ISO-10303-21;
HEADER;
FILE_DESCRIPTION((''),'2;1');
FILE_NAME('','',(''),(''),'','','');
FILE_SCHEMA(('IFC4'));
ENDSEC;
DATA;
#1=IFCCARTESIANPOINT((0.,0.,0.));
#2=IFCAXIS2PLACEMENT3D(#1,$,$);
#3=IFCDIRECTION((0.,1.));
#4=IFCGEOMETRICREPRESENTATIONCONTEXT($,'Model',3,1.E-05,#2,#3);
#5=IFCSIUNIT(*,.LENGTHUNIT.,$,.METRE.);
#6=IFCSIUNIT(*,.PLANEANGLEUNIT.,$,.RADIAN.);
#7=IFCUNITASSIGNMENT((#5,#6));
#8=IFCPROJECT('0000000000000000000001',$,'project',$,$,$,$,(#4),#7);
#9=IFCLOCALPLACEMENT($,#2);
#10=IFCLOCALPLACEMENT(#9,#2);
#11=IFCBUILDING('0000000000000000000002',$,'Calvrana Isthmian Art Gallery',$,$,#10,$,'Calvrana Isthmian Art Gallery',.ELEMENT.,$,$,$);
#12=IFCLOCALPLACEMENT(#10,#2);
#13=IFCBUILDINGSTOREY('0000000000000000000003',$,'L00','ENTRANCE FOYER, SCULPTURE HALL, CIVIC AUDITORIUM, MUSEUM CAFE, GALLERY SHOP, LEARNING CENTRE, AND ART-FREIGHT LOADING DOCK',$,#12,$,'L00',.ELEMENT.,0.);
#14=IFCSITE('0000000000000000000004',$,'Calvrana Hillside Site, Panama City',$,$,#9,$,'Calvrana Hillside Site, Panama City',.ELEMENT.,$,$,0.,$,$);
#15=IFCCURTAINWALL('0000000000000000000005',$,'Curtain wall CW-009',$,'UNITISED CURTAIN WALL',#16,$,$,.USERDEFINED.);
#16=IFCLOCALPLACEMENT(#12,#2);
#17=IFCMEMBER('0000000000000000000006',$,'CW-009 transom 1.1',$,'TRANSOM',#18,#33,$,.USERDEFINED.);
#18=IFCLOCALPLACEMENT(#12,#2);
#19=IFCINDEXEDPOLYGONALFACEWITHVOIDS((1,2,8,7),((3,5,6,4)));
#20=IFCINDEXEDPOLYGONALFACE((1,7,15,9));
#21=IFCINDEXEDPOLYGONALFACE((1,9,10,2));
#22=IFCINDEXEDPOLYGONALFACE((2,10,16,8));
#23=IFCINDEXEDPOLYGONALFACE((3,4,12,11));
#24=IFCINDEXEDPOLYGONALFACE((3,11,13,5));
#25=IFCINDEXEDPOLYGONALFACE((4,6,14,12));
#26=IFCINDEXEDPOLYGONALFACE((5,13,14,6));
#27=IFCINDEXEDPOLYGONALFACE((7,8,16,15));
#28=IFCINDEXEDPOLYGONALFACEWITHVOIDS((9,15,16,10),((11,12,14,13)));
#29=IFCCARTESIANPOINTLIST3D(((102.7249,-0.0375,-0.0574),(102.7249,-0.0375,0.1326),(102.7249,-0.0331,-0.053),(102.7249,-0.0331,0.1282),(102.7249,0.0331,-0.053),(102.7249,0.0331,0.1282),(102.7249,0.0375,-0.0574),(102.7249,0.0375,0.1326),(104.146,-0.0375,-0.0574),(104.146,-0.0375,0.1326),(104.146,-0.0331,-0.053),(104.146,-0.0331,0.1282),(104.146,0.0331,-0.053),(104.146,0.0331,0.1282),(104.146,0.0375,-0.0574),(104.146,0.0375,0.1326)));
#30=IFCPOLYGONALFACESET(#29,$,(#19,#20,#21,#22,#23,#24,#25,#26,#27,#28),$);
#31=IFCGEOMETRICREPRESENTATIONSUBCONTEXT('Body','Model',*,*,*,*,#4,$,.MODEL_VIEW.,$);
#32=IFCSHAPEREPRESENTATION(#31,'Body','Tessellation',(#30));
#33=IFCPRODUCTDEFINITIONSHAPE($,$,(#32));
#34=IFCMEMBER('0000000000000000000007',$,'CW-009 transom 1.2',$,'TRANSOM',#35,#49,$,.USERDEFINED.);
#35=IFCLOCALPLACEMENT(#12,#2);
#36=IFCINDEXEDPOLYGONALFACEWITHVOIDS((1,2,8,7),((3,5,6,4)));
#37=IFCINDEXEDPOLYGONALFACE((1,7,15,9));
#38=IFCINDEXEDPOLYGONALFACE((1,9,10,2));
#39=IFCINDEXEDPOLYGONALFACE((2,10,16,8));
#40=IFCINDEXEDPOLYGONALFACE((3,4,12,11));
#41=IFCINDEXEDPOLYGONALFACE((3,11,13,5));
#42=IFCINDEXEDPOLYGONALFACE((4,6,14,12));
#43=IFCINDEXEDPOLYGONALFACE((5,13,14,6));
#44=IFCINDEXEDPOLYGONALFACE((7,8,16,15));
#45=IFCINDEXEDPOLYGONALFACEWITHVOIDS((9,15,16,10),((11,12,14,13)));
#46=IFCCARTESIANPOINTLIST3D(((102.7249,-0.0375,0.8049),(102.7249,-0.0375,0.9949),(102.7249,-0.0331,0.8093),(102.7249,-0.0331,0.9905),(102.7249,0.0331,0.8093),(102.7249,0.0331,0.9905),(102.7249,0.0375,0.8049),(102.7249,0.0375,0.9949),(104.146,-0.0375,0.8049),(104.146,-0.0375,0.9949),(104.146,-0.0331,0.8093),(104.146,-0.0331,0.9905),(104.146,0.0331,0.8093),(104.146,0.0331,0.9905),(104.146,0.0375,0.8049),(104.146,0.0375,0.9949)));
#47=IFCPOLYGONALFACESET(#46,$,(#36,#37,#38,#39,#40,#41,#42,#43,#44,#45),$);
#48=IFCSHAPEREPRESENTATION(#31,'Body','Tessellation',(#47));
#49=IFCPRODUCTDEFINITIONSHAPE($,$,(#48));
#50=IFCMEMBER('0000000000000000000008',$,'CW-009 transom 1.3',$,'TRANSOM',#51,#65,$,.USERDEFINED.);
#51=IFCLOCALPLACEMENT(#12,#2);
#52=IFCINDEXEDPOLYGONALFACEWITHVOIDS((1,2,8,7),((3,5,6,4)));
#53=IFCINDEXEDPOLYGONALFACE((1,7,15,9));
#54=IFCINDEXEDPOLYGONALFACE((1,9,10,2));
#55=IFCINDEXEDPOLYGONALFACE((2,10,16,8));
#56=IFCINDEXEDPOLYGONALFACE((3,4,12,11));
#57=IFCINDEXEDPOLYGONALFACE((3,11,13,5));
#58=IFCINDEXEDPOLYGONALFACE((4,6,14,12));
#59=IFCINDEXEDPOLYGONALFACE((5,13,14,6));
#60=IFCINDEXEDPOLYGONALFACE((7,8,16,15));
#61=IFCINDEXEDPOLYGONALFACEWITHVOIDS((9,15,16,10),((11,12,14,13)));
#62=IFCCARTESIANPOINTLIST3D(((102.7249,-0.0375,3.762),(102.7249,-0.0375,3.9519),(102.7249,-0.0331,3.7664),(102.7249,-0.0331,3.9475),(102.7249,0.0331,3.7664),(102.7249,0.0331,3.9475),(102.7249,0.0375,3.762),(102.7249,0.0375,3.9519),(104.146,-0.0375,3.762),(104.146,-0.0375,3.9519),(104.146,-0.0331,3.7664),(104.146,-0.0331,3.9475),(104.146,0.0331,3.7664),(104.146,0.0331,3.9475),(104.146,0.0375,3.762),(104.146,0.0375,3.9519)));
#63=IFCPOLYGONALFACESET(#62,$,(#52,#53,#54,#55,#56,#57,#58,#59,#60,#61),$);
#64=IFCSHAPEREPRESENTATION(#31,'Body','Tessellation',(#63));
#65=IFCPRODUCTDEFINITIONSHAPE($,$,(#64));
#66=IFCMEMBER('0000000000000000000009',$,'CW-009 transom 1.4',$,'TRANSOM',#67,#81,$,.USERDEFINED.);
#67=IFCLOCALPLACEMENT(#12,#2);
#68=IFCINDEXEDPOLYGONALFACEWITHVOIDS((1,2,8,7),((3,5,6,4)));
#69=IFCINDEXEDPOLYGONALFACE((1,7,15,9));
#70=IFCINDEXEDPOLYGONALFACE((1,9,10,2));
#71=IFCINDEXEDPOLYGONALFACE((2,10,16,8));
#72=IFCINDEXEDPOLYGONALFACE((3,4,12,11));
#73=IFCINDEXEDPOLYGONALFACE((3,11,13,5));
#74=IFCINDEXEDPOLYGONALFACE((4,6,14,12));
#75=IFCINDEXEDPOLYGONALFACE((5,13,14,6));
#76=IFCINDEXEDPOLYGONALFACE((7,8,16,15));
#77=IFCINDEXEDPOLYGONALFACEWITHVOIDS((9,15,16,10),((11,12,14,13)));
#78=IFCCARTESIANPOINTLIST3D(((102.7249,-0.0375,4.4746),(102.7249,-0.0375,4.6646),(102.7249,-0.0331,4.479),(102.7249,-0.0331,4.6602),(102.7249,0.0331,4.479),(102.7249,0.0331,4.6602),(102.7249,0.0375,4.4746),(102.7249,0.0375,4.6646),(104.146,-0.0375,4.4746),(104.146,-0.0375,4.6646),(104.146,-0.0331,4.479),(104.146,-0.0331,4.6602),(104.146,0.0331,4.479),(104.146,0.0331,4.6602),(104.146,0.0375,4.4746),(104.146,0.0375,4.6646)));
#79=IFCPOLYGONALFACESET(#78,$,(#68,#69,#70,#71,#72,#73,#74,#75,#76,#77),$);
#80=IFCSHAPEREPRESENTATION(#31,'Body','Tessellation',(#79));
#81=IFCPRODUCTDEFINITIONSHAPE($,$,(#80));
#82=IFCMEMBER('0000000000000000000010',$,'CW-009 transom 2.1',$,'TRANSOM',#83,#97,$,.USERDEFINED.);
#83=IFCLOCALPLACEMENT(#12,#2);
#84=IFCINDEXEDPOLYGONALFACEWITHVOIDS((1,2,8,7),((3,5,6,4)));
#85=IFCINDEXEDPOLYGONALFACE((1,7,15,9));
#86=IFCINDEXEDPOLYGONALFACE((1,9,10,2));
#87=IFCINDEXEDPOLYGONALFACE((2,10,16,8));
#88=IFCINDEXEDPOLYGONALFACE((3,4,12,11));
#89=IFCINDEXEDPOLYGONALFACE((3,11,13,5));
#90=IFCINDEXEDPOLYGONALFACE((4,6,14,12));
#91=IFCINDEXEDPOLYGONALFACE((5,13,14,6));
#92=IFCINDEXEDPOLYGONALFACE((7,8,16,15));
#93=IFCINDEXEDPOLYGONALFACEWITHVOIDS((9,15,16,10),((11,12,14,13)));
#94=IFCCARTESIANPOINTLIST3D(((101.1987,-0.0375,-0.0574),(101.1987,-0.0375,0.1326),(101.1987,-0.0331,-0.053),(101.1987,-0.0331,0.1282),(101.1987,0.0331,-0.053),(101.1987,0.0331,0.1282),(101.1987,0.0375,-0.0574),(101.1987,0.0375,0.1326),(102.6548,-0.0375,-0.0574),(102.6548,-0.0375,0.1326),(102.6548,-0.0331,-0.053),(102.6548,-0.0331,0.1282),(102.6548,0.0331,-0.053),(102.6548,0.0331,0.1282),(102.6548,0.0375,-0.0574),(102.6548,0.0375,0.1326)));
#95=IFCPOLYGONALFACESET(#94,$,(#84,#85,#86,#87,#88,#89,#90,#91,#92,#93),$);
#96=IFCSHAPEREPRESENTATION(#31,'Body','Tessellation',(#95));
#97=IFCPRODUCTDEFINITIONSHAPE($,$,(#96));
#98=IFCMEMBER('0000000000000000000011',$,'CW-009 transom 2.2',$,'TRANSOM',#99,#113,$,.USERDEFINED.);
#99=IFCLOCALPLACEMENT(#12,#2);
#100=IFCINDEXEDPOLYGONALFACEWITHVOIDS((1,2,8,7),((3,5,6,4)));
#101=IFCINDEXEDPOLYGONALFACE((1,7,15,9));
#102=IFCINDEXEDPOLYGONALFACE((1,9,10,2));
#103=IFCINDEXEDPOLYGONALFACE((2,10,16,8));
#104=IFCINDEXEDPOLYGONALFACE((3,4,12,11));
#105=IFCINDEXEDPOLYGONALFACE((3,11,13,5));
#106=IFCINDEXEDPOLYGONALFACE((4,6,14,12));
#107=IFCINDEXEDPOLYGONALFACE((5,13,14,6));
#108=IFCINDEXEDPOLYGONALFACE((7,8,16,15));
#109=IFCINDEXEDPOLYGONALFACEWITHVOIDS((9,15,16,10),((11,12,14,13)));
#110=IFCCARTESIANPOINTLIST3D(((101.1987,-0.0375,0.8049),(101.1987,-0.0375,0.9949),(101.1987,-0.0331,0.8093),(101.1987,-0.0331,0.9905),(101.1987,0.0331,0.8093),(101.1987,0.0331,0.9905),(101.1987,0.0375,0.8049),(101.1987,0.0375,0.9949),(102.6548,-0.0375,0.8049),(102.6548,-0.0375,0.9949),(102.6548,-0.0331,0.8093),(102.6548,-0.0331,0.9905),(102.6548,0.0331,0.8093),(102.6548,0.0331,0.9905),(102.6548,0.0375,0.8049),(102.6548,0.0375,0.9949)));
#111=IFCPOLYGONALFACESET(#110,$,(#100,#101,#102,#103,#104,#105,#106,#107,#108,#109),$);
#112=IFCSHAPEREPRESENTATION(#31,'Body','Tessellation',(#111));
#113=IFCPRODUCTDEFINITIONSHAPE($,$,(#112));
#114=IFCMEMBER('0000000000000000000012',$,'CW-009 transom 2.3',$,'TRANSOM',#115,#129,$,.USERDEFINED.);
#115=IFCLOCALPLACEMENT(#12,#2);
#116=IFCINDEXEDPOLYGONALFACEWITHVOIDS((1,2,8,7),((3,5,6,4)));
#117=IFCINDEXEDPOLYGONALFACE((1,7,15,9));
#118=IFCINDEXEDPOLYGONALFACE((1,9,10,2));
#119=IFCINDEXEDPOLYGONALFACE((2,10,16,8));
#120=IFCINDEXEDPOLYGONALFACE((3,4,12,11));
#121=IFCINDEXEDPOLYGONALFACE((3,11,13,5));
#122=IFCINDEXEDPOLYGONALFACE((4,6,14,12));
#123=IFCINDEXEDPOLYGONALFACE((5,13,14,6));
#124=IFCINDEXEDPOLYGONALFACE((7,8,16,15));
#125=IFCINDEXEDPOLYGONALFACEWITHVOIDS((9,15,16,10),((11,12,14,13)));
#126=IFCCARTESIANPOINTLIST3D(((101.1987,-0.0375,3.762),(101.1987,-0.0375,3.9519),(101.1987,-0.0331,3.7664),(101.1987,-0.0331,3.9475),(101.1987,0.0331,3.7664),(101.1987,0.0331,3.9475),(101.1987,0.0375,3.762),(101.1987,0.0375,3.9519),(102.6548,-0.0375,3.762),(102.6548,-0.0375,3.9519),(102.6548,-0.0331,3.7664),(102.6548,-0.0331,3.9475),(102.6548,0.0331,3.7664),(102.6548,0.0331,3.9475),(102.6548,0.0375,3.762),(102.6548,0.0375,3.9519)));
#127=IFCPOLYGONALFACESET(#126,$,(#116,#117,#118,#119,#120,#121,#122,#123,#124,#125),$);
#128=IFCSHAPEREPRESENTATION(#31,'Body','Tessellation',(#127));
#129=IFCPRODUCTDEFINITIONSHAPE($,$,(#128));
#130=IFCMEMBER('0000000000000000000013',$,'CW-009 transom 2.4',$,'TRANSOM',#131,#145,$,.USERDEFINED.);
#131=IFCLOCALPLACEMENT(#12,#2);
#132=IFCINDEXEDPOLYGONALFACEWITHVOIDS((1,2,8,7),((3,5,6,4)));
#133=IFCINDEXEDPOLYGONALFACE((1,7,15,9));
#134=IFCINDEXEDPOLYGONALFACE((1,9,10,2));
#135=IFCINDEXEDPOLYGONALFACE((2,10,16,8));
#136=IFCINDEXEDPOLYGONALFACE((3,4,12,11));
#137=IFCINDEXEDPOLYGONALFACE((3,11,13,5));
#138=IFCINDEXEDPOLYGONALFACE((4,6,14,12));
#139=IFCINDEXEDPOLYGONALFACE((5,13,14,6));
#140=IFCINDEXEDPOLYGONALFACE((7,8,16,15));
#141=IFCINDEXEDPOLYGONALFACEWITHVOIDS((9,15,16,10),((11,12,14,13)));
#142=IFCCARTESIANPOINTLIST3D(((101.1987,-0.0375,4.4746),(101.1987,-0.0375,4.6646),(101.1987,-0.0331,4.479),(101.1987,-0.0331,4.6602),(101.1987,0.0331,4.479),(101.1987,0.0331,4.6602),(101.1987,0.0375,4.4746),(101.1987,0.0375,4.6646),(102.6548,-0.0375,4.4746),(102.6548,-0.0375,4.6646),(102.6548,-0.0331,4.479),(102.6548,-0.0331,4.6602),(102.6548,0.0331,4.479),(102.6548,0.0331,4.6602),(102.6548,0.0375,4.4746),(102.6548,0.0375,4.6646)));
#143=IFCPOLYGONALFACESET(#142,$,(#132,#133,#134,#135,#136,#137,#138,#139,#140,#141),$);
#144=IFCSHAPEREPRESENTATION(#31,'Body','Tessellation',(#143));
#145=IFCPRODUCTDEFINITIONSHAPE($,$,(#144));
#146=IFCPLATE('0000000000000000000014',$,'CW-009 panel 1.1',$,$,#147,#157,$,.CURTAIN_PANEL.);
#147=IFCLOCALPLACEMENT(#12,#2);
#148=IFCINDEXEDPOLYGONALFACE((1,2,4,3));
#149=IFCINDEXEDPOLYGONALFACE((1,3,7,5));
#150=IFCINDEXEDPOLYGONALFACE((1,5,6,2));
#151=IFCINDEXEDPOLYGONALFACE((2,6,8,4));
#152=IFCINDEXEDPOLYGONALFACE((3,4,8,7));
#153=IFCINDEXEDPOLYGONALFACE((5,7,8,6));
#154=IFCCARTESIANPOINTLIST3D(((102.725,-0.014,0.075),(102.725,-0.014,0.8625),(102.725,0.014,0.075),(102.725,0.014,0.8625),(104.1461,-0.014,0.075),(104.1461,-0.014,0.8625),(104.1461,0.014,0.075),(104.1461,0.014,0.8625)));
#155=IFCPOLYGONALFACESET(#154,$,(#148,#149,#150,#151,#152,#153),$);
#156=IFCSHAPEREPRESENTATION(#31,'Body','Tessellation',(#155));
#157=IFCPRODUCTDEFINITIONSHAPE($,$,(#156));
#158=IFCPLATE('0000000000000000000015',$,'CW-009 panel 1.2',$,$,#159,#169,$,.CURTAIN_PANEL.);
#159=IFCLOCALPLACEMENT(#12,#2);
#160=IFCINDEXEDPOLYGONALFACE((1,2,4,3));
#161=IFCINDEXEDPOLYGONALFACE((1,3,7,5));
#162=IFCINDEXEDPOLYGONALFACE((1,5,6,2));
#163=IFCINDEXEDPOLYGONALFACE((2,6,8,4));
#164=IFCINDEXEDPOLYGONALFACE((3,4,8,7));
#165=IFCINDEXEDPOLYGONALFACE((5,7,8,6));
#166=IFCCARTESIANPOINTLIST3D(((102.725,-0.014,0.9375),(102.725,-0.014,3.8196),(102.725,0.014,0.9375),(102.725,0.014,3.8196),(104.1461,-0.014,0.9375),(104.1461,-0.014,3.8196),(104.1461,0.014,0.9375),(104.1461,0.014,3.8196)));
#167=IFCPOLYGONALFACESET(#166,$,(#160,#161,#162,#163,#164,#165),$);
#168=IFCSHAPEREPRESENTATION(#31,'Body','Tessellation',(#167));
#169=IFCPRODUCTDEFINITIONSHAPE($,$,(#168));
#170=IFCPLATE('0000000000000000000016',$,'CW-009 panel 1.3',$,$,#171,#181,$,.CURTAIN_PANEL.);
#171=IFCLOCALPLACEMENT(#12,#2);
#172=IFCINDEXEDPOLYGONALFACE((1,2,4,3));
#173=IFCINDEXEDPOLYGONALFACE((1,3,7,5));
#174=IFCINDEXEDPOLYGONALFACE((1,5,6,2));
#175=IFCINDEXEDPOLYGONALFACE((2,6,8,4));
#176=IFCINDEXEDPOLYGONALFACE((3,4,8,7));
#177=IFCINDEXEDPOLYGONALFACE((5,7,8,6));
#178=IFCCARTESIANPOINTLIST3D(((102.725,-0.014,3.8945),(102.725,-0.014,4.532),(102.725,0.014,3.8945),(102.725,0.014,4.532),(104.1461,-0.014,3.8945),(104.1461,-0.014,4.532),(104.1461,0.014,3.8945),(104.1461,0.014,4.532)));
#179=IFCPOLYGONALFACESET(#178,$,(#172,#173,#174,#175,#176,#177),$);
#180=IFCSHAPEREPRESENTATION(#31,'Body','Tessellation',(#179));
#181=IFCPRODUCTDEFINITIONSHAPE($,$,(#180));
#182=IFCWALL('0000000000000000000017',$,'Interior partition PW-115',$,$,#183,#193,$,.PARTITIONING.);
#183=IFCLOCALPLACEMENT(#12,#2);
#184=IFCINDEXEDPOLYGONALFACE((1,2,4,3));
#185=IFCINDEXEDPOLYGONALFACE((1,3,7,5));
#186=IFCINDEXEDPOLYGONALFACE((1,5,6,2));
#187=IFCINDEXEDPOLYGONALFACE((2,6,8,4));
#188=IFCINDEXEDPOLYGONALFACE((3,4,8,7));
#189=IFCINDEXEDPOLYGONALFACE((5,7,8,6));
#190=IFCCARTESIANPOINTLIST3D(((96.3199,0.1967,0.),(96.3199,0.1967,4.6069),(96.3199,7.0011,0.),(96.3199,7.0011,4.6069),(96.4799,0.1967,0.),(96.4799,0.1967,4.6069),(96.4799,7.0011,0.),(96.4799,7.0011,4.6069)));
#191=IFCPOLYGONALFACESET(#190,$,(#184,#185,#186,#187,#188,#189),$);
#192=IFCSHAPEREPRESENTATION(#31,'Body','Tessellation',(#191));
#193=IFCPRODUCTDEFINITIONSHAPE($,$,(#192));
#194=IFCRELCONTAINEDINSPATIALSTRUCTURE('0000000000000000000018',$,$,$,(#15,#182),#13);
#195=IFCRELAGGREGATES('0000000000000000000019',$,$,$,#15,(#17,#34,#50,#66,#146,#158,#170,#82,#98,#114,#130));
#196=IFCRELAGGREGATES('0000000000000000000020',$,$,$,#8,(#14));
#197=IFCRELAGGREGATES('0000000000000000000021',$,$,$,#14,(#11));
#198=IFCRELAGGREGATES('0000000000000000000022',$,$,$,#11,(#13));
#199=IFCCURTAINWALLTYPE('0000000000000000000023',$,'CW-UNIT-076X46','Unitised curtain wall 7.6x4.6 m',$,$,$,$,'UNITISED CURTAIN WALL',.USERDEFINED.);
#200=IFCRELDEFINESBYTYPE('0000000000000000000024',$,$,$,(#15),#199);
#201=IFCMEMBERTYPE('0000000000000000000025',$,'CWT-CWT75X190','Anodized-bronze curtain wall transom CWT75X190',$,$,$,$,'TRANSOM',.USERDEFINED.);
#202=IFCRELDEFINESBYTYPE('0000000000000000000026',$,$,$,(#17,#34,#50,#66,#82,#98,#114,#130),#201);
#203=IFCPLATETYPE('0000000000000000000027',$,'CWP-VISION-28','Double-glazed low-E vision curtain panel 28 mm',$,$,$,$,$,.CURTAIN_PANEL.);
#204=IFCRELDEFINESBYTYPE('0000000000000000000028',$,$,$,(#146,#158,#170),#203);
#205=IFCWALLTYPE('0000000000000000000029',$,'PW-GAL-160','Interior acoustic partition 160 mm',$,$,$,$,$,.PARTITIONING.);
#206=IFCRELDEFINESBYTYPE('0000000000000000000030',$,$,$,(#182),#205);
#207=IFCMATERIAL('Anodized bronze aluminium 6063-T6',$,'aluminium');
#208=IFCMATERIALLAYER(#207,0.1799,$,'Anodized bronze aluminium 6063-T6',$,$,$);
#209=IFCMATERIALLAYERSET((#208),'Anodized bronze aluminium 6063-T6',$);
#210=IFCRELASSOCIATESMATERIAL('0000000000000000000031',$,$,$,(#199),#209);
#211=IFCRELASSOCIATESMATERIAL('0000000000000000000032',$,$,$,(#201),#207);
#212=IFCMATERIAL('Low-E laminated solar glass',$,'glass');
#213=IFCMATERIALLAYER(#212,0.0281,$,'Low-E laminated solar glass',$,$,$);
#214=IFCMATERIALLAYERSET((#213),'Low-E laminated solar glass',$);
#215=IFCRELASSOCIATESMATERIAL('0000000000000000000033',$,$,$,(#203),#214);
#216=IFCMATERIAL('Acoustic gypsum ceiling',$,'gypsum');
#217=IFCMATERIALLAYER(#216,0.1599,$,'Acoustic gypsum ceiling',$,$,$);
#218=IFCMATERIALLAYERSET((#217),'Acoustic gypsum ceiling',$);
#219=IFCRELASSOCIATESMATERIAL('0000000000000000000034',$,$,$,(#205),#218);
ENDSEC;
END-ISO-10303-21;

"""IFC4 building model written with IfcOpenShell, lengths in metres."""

from ifc_helpers import new_model, si_unit, direction, frame, frame_2d, origin, origin_2d, place, context, subcontext, project, spatial, rectangle, hollow_rectangle, extrude, material, layer, layer_set, material_profile, profile_set, type_object, element, aggregate, save


model = new_model("IFC4")

# Units and contexts
model_context = context("Model", 3, precision=1e-05, world=origin(), true_north=direction((0.0, 1.0)))
body_context = subcontext(model_context, "Body", "Model", "MODEL_VIEW")
ifc_project = project(units=[si_unit("LENGTHUNIT", "METRE"), si_unit("PLANEANGLEUNIT", "RADIAN")], contexts=[model_context])

# Site, building, storey
site_placement = place(None, origin())
site = spatial("IfcSite", under=ifc_project, at=site_placement, Name="Calvrana Hillside Site, Panama City", LongName="Calvrana Hillside Site, Panama City", CompositionType="ELEMENT", RefElevation=0.0)
building_placement = place(site_placement, origin())
building = spatial("IfcBuilding", under=site, at=building_placement, Name="Calvrana Isthmian Art Gallery", LongName="Calvrana Isthmian Art Gallery", CompositionType="ELEMENT")
storey_placement = place(building_placement, origin())
storey = spatial("IfcBuildingStorey", under=building, at=storey_placement, Name="L00", Description="ENTRANCE FOYER, SCULPTURE HALL, CIVIC AUDITORIUM, MUSEUM CAFE, GALLERY SHOP, LEARNING CENTRE, AND ART-FREIGHT LOADING DOCK", LongName="L00", CompositionType="ELEMENT", Elevation=0.0)

# Curtain wall, members, plates
ifc_material_1 = material(Name="Anodized bronze aluminium 6063-T6", Category="aluminium")
ifc_layer_1 = layer(ifc_material_1, 0.1799, Name="Anodized bronze aluminium 6063-T6")
ifc_layer_set_1 = layer_set([ifc_layer_1], Name="Anodized bronze aluminium 6063-T6")
curtain_wall_type = type_object("IfcCurtainWallType", Name="CW-UNIT-076X46", Description="Unitised curtain wall 7.6x4.6 m", ElementType="UNITISED CURTAIN WALL", PredefinedType="USERDEFINED", material=ifc_layer_set_1)
curtain_wall_placement = place(storey_placement, origin())
curtain_wall = element("IfcCurtainWall", 1, at=curtain_wall_placement, inside=storey, type_object=curtain_wall_type, Name="Curtain wall CW-009", ObjectType="UNITISED CURTAIN WALL", PredefinedType="USERDEFINED")
ifc_material_profile_1 = material_profile(ifc_material_1, hollow_rectangle(XDim=0.075, YDim=0.1899, WallThickness=0.0044, at=origin_2d()), Name="CWT75X190")
ifc_profile_set_1 = profile_set([ifc_material_profile_1], Name="Anodized bronze aluminium 6063-T6")
member_type_1 = type_object("IfcMemberType", Name="CWT-CWT75X190", Description="Anodized-bronze curtain wall transom CWT75X190", ElementType="TRANSOM", PredefinedType="USERDEFINED", material=ifc_profile_set_1)
member_1_placement = place(storey_placement, frame((104.146, 0.0, 0.0376), z_axis=(-1.0, 0.0, 0.0), x_axis=(0.0, -1.0, 0.0)))
member_1 = element("IfcMember", 2, at=member_1_placement, type_object=member_type_1, Name="CW-009 transom 1.1", ObjectType="TRANSOM", PredefinedType="USERDEFINED", context=body_context, shape_type="SweptSolid", body=[
    extrude(hollow_rectangle(XDim=0.075, YDim=0.1899, WallThickness=0.0044, at=origin_2d()), origin(), (0.0, 0.0, 1.0), 1.4211),
])
member_2_placement = place(storey_placement, frame((104.146, 0.0, 0.8999), z_axis=(-1.0, 0.0, 0.0), x_axis=(0.0, -1.0, 0.0)))
member_2 = element("IfcMember", 3, at=member_2_placement, type_object=member_type_1, Name="CW-009 transom 1.2", ObjectType="TRANSOM", PredefinedType="USERDEFINED", context=body_context, shape_type="SweptSolid", body=[
    extrude(hollow_rectangle(XDim=0.075, YDim=0.1899, WallThickness=0.0044, at=origin_2d()), origin(), (0.0, 0.0, 1.0), 1.4211),
])
member_3_placement = place(storey_placement, frame((104.146, 0.0, 3.8569), z_axis=(-1.0, 0.0, 0.0), x_axis=(0.0, -1.0, 0.0)))
member_3 = element("IfcMember", 4, at=member_3_placement, type_object=member_type_1, Name="CW-009 transom 1.3", ObjectType="TRANSOM", PredefinedType="USERDEFINED", context=body_context, shape_type="SweptSolid", body=[
    extrude(hollow_rectangle(XDim=0.075, YDim=0.1899, WallThickness=0.0044, at=origin_2d()), origin(), (0.0, 0.0, 1.0), 1.4211),
])
member_4_placement = place(storey_placement, frame((104.146, 0.0, 4.5696), z_axis=(-1.0, 0.0, 0.0), x_axis=(0.0, -1.0, 0.0)))
member_4 = element("IfcMember", 5, at=member_4_placement, type_object=member_type_1, Name="CW-009 transom 1.4", ObjectType="TRANSOM", PredefinedType="USERDEFINED", context=body_context, shape_type="SweptSolid", body=[
    extrude(hollow_rectangle(XDim=0.075, YDim=0.1899, WallThickness=0.0044, at=origin_2d()), origin(), (0.0, 0.0, 1.0), 1.4211),
])
member_5_placement = place(storey_placement, frame((102.6548, 0.0, 0.0376), z_axis=(-1.0, 0.0, 0.0), x_axis=(0.0, -1.0, 0.0)))
member_5 = element("IfcMember", 6, at=member_5_placement, type_object=member_type_1, Name="CW-009 transom 2.1", ObjectType="TRANSOM", PredefinedType="USERDEFINED", context=body_context, shape_type="SweptSolid", body=[
    extrude(hollow_rectangle(XDim=0.075, YDim=0.1899, WallThickness=0.0044, at=origin_2d()), origin(), (0.0, 0.0, 1.0), 1.4561),
])
member_6_placement = place(storey_placement, frame((102.6548, 0.0, 0.8999), z_axis=(-1.0, 0.0, 0.0), x_axis=(0.0, -1.0, 0.0)))
member_6 = element("IfcMember", 7, at=member_6_placement, type_object=member_type_1, Name="CW-009 transom 2.2", ObjectType="TRANSOM", PredefinedType="USERDEFINED", context=body_context, shape_type="SweptSolid", body=[
    extrude(hollow_rectangle(XDim=0.075, YDim=0.1899, WallThickness=0.0044, at=origin_2d()), origin(), (0.0, 0.0, 1.0), 1.4561),
])
member_7_placement = place(storey_placement, frame((102.6548, 0.0, 3.8569), z_axis=(-1.0, 0.0, 0.0), x_axis=(0.0, -1.0, 0.0)))
member_7 = element("IfcMember", 8, at=member_7_placement, type_object=member_type_1, Name="CW-009 transom 2.3", ObjectType="TRANSOM", PredefinedType="USERDEFINED", context=body_context, shape_type="SweptSolid", body=[
    extrude(hollow_rectangle(XDim=0.075, YDim=0.1899, WallThickness=0.0044, at=origin_2d()), origin(), (0.0, 0.0, 1.0), 1.4561),
])
member_8_placement = place(storey_placement, frame((102.6548, 0.0, 4.5696), z_axis=(-1.0, 0.0, 0.0), x_axis=(0.0, -1.0, 0.0)))
member_8 = element("IfcMember", 9, at=member_8_placement, type_object=member_type_1, Name="CW-009 transom 2.4", ObjectType="TRANSOM", PredefinedType="USERDEFINED", context=body_context, shape_type="SweptSolid", body=[
    extrude(hollow_rectangle(XDim=0.075, YDim=0.1899, WallThickness=0.0044, at=origin_2d()), origin(), (0.0, 0.0, 1.0), 1.4561),
])
ifc_material_2 = material(Name="Low-E laminated solar glass", Category="glass")
ifc_layer_2 = layer(ifc_material_2, 0.0281, Name="Low-E laminated solar glass")
ifc_layer_set_2 = layer_set([ifc_layer_2], Name="Low-E laminated solar glass")
plate_type = type_object("IfcPlateType", Name="CWP-VISION-28", Description="Double-glazed low-E vision curtain panel 28 mm", PredefinedType="CURTAIN_PANEL", material=ifc_layer_set_2)
plate_1_placement = place(storey_placement, frame((103.4355, 0.0, 0.075), z_axis=(0.0, 0.0, 1.0), x_axis=(-1.0, 0.0, 0.0)))
plate_1 = element("IfcPlate", 10, at=plate_1_placement, type_object=plate_type, Name="CW-009 panel 1.1", PredefinedType="CURTAIN_PANEL", context=body_context, shape_type="SweptSolid", body=[
    extrude(rectangle(XDim=1.4211, YDim=0.0281, at=origin_2d()), origin(), (0.0, 0.0, 1.0), 0.7876),
])
plate_2_placement = place(storey_placement, frame((103.4355, 0.0, 0.9375), z_axis=(0.0, 0.0, 1.0), x_axis=(-1.0, 0.0, 0.0)))
plate_2 = element("IfcPlate", 11, at=plate_2_placement, type_object=plate_type, Name="CW-009 panel 1.2", PredefinedType="CURTAIN_PANEL", context=body_context, shape_type="SweptSolid", body=[
    extrude(rectangle(XDim=1.4211, YDim=0.0281, at=origin_2d()), origin(), (0.0, 0.0, 1.0), 2.8821),
])
plate_3_placement = place(storey_placement, frame((103.4355, 0.0, 3.8945), z_axis=(0.0, 0.0, 1.0), x_axis=(-1.0, 0.0, 0.0)))
plate_3 = element("IfcPlate", 12, at=plate_3_placement, type_object=plate_type, Name="CW-009 panel 1.3", PredefinedType="CURTAIN_PANEL", context=body_context, shape_type="SweptSolid", body=[
    extrude(rectangle(XDim=1.4211, YDim=0.0281, at=origin_2d()), origin(), (0.0, 0.0, 1.0), 0.6375),
])
aggregate(curtain_wall, [member_1, member_2, member_3, member_4, plate_1, plate_2, plate_3, member_5, member_6, member_7, member_8])

# Wall
ifc_material_3 = material(Name="Acoustic gypsum ceiling", Category="gypsum")
ifc_layer_3 = layer(ifc_material_3, 0.1599, Name="Acoustic gypsum ceiling")
ifc_layer_set_3 = layer_set([ifc_layer_3], Name="Acoustic gypsum ceiling")
wall_type = type_object("IfcWallType", Name="PW-GAL-160", Description="Interior acoustic partition 160 mm", PredefinedType="PARTITIONING", material=ifc_layer_set_3)
wall_1_placement = place(storey_placement, frame((96.3999, 0.1965, 0.0), z_axis=(0.0, 0.0, 1.0), x_axis=(0.0, 1.0, 0.0)))
element("IfcWall", 13, at=wall_1_placement, inside=storey, type_object=wall_type, Name="Interior partition PW-115", PredefinedType="PARTITIONING", context=body_context, shape_type="SweptSolid", body=[
    extrude(rectangle(XDim=6.8044, YDim=0.1599, at=frame_2d((3.4023, 0.0))), origin(), (0.0, 0.0, 1.0), 4.6069),
])

save(model, "model.ifc")
